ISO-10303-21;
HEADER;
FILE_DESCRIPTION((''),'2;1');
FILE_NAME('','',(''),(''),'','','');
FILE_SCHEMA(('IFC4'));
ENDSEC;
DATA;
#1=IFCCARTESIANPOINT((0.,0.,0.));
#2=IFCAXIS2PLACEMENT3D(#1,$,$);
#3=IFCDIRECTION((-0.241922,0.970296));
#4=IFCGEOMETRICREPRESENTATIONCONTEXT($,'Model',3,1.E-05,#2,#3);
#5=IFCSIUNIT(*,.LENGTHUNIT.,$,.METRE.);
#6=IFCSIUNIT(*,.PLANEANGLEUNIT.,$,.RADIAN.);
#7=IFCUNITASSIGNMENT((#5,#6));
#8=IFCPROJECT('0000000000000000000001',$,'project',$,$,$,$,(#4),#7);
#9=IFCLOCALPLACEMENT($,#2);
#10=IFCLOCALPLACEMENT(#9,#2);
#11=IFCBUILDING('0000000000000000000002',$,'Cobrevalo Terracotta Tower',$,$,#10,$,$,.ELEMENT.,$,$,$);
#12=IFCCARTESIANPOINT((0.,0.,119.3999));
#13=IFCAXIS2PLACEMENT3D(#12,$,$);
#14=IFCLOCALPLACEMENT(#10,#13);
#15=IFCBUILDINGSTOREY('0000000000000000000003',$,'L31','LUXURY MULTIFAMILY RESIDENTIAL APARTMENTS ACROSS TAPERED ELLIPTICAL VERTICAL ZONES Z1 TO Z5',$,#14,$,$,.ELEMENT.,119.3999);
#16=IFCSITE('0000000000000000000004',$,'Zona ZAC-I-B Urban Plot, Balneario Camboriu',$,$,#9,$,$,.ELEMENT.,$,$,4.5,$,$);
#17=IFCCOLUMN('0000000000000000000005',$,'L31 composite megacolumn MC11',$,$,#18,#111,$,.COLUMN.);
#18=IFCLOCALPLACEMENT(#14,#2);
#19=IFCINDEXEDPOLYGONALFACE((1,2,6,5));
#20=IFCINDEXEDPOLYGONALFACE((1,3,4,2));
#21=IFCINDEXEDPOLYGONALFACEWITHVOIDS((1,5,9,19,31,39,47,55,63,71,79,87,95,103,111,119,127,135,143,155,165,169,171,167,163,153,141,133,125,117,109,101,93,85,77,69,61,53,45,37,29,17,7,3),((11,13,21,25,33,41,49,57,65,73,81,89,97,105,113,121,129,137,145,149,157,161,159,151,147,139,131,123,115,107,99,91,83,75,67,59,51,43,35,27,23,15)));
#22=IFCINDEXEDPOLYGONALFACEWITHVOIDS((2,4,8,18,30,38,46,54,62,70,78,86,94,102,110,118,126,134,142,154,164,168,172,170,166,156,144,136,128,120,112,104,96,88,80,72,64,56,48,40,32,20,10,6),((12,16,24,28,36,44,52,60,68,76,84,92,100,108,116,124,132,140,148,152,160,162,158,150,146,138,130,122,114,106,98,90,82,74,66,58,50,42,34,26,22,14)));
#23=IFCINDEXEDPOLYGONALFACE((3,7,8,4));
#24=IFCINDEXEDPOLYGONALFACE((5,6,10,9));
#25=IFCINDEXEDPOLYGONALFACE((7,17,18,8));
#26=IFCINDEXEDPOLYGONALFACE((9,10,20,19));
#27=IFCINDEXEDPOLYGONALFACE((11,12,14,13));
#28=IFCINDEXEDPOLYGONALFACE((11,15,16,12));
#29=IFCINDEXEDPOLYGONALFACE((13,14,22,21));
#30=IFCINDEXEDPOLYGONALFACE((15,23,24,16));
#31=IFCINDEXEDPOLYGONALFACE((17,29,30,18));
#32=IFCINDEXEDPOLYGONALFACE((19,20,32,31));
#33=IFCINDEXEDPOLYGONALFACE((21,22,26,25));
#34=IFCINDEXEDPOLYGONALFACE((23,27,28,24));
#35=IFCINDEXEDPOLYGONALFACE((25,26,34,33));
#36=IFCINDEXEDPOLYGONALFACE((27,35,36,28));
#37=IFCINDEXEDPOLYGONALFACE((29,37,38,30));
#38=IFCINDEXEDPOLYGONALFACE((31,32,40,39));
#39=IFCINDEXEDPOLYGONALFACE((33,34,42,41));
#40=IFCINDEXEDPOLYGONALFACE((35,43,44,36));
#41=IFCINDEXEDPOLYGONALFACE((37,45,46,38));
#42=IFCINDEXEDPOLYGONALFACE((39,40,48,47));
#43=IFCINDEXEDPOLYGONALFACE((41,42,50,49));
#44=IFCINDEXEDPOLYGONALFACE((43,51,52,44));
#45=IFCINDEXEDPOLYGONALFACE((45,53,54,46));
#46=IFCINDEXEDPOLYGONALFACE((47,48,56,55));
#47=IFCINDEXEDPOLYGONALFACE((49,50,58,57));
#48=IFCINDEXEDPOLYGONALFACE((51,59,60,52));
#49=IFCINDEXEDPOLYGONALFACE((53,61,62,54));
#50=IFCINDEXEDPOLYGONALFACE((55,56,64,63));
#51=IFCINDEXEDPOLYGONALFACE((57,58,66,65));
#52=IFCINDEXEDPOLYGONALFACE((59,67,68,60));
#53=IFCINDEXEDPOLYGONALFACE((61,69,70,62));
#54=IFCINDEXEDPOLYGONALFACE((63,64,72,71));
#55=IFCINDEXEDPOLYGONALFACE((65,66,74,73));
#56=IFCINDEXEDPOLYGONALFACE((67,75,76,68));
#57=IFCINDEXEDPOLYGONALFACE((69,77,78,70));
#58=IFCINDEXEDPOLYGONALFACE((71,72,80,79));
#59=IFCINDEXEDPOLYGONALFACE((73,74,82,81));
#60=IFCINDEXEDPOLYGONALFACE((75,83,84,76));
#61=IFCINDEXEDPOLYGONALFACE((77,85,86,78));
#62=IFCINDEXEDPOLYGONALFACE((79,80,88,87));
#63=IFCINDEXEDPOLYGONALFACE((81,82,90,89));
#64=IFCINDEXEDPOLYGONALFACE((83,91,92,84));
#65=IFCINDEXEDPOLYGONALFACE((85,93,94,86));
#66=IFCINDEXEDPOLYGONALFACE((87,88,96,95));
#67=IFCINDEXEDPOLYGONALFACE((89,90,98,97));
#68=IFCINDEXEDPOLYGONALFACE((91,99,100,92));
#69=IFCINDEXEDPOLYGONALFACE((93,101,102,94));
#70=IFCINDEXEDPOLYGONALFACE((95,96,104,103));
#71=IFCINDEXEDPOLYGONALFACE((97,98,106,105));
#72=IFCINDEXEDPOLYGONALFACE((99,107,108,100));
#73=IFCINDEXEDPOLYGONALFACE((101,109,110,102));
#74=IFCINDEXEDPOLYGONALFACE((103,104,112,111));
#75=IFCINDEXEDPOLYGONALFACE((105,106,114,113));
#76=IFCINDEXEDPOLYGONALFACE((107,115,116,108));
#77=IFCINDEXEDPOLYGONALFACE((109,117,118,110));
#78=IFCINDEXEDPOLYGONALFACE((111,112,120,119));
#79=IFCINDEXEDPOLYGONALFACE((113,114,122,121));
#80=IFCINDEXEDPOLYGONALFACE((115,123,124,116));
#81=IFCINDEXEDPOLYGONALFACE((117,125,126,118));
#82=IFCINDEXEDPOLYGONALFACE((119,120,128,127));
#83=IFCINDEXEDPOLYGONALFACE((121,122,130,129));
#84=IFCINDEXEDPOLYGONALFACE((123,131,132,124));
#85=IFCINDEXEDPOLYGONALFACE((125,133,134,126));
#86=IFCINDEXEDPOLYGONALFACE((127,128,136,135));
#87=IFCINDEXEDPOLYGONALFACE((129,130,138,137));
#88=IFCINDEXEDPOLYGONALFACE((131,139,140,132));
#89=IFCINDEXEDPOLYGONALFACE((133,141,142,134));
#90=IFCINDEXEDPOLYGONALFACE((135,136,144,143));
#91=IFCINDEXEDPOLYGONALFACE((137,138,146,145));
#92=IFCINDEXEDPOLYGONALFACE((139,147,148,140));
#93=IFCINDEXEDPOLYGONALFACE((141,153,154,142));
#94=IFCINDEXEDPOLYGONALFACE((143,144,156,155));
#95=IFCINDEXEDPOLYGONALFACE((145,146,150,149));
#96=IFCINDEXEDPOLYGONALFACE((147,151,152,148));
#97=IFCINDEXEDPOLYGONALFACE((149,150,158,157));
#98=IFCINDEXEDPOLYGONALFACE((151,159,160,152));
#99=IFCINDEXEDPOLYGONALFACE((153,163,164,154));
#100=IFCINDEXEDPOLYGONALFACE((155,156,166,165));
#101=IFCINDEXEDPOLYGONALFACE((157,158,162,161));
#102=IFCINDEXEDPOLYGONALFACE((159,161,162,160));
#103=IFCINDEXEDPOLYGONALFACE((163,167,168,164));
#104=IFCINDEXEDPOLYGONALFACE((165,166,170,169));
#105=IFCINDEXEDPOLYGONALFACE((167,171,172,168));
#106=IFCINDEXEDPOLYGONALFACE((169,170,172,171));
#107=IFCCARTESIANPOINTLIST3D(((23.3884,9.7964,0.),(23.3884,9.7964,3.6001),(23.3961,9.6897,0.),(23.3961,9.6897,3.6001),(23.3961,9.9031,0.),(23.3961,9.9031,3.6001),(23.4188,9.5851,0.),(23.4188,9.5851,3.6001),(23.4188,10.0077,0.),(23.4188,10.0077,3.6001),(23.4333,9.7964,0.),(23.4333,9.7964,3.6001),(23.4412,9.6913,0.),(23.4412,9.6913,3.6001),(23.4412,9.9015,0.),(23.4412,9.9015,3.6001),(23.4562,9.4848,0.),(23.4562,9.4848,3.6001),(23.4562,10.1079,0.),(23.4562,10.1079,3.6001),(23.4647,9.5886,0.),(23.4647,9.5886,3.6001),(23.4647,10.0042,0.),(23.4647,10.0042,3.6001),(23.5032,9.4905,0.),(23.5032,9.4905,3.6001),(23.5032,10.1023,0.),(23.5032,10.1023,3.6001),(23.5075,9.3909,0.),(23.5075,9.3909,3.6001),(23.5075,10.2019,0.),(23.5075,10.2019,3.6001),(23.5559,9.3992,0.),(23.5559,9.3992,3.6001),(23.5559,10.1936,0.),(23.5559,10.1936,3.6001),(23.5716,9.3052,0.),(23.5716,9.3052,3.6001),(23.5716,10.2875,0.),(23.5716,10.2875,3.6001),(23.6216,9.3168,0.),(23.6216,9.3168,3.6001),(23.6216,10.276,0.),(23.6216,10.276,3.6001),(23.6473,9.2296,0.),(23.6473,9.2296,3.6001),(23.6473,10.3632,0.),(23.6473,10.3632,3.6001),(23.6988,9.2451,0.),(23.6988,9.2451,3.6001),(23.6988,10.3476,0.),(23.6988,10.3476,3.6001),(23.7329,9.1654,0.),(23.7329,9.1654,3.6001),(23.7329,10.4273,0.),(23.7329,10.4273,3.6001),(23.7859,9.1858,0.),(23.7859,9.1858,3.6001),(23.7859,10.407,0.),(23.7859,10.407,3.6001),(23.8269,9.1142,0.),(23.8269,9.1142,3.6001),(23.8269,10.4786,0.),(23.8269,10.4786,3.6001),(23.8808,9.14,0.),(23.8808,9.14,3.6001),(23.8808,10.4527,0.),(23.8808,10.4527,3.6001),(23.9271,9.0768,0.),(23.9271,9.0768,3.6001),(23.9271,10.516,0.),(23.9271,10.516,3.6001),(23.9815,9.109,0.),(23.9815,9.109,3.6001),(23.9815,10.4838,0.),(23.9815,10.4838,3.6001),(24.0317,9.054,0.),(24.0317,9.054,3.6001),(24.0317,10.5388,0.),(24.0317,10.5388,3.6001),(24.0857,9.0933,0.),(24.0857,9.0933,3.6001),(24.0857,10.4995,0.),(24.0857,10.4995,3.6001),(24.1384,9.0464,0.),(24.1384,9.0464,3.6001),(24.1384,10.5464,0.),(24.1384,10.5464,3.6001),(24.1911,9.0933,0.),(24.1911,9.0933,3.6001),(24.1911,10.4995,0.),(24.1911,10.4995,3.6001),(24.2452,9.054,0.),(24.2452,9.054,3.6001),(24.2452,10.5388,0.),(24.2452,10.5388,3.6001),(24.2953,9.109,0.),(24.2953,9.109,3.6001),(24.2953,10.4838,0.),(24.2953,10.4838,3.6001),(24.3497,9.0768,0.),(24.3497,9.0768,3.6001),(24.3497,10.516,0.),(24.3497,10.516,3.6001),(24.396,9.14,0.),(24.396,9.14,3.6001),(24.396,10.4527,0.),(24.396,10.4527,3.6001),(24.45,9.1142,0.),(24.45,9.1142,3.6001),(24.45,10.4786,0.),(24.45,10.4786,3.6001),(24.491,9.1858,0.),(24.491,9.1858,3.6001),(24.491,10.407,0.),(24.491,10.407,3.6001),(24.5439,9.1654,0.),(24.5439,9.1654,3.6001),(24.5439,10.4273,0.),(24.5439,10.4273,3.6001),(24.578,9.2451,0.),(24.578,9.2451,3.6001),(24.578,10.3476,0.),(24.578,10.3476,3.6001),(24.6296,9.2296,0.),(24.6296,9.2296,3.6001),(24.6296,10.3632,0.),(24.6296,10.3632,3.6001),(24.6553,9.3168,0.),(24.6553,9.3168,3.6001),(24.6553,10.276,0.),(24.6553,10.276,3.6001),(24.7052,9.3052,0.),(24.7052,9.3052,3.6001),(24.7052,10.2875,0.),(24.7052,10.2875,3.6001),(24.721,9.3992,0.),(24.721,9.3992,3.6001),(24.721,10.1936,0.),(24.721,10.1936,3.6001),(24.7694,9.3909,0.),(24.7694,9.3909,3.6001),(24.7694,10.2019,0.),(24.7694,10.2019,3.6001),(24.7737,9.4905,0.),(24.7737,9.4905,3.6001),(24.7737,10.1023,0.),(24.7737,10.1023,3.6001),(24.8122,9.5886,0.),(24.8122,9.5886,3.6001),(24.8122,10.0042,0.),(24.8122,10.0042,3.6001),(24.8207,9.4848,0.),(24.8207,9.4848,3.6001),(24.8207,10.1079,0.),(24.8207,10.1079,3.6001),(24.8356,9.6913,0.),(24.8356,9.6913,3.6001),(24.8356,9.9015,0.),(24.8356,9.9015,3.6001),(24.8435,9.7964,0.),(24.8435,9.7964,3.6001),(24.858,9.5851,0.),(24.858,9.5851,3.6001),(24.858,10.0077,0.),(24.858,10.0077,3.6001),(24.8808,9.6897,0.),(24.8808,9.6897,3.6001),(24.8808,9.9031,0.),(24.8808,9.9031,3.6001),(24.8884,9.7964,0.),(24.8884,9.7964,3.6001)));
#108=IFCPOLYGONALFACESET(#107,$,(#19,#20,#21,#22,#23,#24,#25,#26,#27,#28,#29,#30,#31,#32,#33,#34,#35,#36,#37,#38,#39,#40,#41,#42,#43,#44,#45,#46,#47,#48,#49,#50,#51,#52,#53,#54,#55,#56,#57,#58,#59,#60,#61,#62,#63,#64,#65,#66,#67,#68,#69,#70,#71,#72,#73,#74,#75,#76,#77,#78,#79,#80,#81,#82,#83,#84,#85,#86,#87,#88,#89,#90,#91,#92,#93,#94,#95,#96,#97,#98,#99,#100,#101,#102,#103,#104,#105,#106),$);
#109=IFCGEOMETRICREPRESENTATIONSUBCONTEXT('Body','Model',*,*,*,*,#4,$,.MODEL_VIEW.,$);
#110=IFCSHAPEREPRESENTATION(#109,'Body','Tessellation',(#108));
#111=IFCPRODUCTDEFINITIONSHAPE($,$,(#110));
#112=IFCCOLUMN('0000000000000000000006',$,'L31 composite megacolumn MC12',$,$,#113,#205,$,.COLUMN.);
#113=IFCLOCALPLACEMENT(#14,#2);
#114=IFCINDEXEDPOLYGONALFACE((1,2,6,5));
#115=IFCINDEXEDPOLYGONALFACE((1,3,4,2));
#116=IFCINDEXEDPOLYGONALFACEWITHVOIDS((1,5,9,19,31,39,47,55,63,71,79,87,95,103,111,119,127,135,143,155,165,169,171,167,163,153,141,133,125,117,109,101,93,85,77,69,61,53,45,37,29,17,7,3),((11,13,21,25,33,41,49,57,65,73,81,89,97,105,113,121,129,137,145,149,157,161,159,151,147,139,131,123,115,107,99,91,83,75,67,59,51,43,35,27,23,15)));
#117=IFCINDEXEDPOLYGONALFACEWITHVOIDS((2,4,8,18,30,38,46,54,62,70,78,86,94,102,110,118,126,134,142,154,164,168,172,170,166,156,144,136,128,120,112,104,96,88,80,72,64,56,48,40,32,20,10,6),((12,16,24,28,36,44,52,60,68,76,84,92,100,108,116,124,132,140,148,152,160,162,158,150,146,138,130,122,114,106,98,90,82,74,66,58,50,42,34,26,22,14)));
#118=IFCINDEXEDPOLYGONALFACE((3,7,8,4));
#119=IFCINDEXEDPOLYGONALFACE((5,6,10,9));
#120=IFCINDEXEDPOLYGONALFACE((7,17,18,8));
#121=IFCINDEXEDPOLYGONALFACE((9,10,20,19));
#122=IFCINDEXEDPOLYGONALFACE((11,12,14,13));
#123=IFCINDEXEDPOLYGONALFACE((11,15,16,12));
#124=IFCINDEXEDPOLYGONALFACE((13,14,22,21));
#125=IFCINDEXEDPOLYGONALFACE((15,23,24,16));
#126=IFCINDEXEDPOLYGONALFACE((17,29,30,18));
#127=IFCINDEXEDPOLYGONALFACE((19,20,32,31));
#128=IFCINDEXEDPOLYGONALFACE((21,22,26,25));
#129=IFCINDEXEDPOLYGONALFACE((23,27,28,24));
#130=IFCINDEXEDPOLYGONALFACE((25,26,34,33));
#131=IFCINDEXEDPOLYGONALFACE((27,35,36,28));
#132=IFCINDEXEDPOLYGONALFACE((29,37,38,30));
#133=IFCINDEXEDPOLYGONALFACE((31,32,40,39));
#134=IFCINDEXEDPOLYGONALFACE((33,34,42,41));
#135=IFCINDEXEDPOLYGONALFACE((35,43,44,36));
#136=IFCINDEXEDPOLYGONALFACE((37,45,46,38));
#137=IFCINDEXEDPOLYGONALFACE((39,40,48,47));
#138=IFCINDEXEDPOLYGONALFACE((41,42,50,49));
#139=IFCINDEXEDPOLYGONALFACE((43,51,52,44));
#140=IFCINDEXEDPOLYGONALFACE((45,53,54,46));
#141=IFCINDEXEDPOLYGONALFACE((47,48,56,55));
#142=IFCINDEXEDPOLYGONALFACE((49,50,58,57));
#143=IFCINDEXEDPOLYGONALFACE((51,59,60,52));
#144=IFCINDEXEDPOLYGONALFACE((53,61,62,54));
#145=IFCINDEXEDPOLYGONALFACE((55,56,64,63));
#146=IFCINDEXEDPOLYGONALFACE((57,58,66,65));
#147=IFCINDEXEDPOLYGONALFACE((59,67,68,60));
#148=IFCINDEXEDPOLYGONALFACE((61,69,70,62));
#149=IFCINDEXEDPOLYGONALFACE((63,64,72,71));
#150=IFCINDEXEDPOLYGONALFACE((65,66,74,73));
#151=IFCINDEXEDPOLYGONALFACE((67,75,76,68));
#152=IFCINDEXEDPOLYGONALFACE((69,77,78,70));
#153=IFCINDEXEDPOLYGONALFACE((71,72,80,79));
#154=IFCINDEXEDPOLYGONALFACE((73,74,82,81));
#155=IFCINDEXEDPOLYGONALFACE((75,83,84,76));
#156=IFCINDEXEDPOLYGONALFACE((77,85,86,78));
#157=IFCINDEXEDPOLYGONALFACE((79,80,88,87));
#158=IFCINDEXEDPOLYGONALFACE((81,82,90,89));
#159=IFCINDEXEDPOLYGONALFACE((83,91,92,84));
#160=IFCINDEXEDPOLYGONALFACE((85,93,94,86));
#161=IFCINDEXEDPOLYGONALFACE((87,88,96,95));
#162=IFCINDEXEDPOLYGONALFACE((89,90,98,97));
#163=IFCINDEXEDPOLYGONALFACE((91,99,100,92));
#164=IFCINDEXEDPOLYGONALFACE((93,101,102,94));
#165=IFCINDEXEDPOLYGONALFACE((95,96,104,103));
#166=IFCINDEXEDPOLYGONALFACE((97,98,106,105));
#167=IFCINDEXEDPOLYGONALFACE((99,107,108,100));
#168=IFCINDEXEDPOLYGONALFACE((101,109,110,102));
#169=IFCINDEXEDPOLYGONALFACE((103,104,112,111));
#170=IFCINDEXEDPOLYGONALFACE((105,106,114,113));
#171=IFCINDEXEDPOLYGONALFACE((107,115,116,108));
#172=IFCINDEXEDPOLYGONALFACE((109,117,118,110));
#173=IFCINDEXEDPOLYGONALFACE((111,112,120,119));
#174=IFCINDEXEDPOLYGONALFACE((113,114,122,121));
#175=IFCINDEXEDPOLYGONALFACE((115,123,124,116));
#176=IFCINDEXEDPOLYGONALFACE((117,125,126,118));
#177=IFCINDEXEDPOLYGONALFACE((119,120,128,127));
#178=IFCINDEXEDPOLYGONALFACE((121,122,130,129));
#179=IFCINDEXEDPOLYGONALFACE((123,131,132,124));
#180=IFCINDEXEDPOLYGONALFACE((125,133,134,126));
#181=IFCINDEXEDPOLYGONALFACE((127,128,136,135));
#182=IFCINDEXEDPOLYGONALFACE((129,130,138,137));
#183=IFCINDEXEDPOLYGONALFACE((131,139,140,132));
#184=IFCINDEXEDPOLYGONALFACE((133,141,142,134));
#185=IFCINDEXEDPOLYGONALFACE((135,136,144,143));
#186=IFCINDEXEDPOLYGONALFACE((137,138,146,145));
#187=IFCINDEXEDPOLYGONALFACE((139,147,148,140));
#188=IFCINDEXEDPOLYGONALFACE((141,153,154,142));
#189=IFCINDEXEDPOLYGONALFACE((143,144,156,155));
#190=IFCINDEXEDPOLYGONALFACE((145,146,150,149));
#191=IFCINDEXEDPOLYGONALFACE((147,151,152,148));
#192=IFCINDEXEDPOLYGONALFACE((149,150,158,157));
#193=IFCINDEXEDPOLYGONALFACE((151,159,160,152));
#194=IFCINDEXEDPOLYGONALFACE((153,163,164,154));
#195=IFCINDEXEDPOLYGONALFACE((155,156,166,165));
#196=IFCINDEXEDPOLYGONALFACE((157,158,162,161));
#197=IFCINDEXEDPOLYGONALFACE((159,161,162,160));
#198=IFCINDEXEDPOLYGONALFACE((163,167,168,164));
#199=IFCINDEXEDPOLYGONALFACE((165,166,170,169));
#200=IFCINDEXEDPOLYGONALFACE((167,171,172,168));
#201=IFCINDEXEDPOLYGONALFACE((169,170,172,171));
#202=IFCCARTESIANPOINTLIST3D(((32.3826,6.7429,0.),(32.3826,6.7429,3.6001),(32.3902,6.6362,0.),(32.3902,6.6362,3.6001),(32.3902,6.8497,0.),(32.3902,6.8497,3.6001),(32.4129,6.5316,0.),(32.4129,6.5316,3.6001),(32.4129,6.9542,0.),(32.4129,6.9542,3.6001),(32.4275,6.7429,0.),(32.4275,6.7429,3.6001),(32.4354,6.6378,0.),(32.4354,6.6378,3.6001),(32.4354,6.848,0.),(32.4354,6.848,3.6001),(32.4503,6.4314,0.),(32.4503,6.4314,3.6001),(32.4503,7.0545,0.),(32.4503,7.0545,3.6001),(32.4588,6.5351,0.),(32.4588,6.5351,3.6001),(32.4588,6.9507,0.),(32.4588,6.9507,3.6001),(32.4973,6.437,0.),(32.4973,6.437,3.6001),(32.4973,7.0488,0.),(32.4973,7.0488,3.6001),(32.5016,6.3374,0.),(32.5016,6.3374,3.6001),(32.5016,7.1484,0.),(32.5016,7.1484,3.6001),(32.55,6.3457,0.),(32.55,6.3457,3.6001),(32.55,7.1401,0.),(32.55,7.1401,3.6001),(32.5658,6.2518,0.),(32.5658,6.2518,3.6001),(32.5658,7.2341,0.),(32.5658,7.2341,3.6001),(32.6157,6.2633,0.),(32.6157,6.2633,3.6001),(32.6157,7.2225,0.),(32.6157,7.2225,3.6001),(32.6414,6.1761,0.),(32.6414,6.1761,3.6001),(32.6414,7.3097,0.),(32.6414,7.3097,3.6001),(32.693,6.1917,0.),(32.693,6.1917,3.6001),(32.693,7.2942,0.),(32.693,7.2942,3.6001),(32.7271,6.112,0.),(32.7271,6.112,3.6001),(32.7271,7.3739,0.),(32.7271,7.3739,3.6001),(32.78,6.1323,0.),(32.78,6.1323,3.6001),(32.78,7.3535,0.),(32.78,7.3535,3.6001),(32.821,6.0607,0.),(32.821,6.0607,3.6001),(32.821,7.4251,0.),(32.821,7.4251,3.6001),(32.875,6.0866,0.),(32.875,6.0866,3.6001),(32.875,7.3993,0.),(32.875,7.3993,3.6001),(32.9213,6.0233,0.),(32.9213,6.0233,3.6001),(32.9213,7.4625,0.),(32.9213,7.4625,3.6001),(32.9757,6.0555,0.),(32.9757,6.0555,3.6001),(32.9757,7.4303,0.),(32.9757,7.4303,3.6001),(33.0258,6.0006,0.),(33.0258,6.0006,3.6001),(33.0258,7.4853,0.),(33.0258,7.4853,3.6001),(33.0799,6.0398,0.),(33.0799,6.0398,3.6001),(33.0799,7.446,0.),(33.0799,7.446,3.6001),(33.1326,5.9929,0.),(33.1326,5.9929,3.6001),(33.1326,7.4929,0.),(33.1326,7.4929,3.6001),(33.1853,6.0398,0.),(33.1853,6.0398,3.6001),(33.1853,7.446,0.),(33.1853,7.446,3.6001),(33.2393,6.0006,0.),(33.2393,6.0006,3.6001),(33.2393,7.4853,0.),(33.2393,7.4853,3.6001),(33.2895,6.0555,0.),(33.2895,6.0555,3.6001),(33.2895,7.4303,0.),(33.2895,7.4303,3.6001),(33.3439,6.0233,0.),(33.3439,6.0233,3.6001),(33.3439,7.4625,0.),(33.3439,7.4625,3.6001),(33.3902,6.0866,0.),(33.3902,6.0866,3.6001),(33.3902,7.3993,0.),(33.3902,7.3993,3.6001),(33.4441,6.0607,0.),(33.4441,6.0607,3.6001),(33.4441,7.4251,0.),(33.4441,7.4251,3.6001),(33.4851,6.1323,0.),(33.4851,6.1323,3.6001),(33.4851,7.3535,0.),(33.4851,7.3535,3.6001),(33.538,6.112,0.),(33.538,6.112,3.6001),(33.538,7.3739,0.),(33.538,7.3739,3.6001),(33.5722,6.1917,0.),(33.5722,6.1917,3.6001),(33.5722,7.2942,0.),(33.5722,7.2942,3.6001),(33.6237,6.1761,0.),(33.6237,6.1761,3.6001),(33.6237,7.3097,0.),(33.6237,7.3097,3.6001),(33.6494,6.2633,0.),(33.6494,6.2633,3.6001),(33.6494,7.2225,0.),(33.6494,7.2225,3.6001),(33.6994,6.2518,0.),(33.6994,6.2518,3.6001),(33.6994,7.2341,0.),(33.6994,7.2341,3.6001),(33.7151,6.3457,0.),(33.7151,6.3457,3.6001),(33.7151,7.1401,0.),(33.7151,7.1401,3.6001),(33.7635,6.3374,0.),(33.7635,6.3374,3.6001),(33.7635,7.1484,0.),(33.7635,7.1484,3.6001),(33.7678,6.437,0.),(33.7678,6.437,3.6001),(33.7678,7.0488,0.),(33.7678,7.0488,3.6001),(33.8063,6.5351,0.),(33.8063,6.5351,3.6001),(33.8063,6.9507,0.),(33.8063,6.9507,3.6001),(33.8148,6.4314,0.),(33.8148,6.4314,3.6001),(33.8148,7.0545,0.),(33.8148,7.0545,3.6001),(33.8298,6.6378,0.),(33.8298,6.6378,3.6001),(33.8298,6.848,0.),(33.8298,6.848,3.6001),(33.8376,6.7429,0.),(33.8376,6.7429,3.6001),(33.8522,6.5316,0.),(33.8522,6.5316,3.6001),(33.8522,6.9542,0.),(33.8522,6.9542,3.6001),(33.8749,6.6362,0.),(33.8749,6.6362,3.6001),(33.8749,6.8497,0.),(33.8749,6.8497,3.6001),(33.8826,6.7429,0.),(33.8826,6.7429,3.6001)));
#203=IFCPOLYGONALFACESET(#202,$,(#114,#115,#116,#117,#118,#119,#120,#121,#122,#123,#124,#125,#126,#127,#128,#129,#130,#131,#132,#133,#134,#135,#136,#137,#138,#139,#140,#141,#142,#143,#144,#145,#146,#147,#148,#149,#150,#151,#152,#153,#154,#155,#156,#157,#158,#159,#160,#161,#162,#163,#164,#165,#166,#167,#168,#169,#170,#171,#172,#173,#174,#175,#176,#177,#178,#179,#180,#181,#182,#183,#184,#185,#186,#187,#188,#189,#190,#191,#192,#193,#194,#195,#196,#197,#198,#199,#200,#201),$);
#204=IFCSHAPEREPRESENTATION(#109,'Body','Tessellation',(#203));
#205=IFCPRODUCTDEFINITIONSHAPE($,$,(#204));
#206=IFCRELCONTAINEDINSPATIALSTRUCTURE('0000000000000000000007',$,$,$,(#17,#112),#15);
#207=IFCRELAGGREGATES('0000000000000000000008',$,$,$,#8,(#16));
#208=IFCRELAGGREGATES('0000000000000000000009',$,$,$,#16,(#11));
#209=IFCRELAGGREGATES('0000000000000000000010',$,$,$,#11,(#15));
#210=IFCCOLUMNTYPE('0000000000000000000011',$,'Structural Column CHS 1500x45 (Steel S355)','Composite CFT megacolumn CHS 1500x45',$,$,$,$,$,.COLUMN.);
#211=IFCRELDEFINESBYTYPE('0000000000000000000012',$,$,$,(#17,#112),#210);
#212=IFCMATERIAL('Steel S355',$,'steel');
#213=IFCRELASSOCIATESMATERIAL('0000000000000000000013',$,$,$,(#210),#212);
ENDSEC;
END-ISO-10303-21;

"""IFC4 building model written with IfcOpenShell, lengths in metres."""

from ifc_helpers import new_model, si_unit, direction, frame, origin, origin_2d, place, context, subcontext, project, spatial, hollow_circle, extrude, material, material_profile, profile_set, type_object, element, save


model = new_model("IFC4")

# Units and contexts
model_context = context("Model", 3, precision=1e-05, world=origin(), true_north=direction((-0.241922, 0.970296)))
body_context = subcontext(model_context, "Body", "Model", "MODEL_VIEW")
ifc_project = project(units=[si_unit("LENGTHUNIT", "METRE"), si_unit("PLANEANGLEUNIT", "RADIAN")], contexts=[model_context])

# Site, building, storey
site_placement = place(None, origin())
site = spatial("IfcSite", under=ifc_project, at=site_placement, Name="Zona ZAC-I-B Urban Plot, Balneario Camboriu", CompositionType="ELEMENT", RefElevation=4.5)
building_placement = place(site_placement, origin())
building = spatial("IfcBuilding", under=site, at=building_placement, Name="Cobrevalo Terracotta Tower", CompositionType="ELEMENT")
storey_placement = place(building_placement, frame((0.0, 0.0, 119.3999)))
storey = spatial("IfcBuildingStorey", under=building, at=storey_placement, Name="L31", Description="LUXURY MULTIFAMILY RESIDENTIAL APARTMENTS ACROSS TAPERED ELLIPTICAL VERTICAL ZONES Z1 TO Z5", CompositionType="ELEMENT", Elevation=119.3999)

# Columns
ifc_material_1 = material(Name="Steel S355", Category="steel")
ifc_material_profile_1 = material_profile(ifc_material_1, hollow_circle(Radius=0.75, WallThickness=0.0449, at=origin_2d()), Name="CHS 1500x45")
ifc_profile_set_1 = profile_set([ifc_material_profile_1], Name="Steel S355")
column_type = type_object("IfcColumnType", Name="Structural Column CHS 1500x45 (Steel S355)", Description="Composite CFT megacolumn CHS 1500x45", PredefinedType="COLUMN", material=ifc_profile_set_1)
for number, where, z_axis, x_axis, name in (
    (1, (24.1384, 9.7964, 0.0), (0.0, 0.0, 1.0), (1.0, 0.0, 0.0), "L31 composite megacolumn MC11"),
    (2, (33.1326, 6.7429, 0.0), (0.0, 0.0, 1.0), (1.0, 0.0, 0.0), "L31 composite megacolumn MC12"),
):
    element("IfcColumn", number, at=place(storey_placement, frame(where, z_axis=z_axis, x_axis=x_axis)), inside=storey, type_object=column_type, Name=name, PredefinedType="COLUMN", context=body_context, shape_type="SweptSolid", body=[
        extrude(hollow_circle(Radius=0.75, WallThickness=0.0449, at=origin_2d()), origin(), (0.0, 0.0, 1.0), 3.6001),
    ])

save(model, "model.ifc")
